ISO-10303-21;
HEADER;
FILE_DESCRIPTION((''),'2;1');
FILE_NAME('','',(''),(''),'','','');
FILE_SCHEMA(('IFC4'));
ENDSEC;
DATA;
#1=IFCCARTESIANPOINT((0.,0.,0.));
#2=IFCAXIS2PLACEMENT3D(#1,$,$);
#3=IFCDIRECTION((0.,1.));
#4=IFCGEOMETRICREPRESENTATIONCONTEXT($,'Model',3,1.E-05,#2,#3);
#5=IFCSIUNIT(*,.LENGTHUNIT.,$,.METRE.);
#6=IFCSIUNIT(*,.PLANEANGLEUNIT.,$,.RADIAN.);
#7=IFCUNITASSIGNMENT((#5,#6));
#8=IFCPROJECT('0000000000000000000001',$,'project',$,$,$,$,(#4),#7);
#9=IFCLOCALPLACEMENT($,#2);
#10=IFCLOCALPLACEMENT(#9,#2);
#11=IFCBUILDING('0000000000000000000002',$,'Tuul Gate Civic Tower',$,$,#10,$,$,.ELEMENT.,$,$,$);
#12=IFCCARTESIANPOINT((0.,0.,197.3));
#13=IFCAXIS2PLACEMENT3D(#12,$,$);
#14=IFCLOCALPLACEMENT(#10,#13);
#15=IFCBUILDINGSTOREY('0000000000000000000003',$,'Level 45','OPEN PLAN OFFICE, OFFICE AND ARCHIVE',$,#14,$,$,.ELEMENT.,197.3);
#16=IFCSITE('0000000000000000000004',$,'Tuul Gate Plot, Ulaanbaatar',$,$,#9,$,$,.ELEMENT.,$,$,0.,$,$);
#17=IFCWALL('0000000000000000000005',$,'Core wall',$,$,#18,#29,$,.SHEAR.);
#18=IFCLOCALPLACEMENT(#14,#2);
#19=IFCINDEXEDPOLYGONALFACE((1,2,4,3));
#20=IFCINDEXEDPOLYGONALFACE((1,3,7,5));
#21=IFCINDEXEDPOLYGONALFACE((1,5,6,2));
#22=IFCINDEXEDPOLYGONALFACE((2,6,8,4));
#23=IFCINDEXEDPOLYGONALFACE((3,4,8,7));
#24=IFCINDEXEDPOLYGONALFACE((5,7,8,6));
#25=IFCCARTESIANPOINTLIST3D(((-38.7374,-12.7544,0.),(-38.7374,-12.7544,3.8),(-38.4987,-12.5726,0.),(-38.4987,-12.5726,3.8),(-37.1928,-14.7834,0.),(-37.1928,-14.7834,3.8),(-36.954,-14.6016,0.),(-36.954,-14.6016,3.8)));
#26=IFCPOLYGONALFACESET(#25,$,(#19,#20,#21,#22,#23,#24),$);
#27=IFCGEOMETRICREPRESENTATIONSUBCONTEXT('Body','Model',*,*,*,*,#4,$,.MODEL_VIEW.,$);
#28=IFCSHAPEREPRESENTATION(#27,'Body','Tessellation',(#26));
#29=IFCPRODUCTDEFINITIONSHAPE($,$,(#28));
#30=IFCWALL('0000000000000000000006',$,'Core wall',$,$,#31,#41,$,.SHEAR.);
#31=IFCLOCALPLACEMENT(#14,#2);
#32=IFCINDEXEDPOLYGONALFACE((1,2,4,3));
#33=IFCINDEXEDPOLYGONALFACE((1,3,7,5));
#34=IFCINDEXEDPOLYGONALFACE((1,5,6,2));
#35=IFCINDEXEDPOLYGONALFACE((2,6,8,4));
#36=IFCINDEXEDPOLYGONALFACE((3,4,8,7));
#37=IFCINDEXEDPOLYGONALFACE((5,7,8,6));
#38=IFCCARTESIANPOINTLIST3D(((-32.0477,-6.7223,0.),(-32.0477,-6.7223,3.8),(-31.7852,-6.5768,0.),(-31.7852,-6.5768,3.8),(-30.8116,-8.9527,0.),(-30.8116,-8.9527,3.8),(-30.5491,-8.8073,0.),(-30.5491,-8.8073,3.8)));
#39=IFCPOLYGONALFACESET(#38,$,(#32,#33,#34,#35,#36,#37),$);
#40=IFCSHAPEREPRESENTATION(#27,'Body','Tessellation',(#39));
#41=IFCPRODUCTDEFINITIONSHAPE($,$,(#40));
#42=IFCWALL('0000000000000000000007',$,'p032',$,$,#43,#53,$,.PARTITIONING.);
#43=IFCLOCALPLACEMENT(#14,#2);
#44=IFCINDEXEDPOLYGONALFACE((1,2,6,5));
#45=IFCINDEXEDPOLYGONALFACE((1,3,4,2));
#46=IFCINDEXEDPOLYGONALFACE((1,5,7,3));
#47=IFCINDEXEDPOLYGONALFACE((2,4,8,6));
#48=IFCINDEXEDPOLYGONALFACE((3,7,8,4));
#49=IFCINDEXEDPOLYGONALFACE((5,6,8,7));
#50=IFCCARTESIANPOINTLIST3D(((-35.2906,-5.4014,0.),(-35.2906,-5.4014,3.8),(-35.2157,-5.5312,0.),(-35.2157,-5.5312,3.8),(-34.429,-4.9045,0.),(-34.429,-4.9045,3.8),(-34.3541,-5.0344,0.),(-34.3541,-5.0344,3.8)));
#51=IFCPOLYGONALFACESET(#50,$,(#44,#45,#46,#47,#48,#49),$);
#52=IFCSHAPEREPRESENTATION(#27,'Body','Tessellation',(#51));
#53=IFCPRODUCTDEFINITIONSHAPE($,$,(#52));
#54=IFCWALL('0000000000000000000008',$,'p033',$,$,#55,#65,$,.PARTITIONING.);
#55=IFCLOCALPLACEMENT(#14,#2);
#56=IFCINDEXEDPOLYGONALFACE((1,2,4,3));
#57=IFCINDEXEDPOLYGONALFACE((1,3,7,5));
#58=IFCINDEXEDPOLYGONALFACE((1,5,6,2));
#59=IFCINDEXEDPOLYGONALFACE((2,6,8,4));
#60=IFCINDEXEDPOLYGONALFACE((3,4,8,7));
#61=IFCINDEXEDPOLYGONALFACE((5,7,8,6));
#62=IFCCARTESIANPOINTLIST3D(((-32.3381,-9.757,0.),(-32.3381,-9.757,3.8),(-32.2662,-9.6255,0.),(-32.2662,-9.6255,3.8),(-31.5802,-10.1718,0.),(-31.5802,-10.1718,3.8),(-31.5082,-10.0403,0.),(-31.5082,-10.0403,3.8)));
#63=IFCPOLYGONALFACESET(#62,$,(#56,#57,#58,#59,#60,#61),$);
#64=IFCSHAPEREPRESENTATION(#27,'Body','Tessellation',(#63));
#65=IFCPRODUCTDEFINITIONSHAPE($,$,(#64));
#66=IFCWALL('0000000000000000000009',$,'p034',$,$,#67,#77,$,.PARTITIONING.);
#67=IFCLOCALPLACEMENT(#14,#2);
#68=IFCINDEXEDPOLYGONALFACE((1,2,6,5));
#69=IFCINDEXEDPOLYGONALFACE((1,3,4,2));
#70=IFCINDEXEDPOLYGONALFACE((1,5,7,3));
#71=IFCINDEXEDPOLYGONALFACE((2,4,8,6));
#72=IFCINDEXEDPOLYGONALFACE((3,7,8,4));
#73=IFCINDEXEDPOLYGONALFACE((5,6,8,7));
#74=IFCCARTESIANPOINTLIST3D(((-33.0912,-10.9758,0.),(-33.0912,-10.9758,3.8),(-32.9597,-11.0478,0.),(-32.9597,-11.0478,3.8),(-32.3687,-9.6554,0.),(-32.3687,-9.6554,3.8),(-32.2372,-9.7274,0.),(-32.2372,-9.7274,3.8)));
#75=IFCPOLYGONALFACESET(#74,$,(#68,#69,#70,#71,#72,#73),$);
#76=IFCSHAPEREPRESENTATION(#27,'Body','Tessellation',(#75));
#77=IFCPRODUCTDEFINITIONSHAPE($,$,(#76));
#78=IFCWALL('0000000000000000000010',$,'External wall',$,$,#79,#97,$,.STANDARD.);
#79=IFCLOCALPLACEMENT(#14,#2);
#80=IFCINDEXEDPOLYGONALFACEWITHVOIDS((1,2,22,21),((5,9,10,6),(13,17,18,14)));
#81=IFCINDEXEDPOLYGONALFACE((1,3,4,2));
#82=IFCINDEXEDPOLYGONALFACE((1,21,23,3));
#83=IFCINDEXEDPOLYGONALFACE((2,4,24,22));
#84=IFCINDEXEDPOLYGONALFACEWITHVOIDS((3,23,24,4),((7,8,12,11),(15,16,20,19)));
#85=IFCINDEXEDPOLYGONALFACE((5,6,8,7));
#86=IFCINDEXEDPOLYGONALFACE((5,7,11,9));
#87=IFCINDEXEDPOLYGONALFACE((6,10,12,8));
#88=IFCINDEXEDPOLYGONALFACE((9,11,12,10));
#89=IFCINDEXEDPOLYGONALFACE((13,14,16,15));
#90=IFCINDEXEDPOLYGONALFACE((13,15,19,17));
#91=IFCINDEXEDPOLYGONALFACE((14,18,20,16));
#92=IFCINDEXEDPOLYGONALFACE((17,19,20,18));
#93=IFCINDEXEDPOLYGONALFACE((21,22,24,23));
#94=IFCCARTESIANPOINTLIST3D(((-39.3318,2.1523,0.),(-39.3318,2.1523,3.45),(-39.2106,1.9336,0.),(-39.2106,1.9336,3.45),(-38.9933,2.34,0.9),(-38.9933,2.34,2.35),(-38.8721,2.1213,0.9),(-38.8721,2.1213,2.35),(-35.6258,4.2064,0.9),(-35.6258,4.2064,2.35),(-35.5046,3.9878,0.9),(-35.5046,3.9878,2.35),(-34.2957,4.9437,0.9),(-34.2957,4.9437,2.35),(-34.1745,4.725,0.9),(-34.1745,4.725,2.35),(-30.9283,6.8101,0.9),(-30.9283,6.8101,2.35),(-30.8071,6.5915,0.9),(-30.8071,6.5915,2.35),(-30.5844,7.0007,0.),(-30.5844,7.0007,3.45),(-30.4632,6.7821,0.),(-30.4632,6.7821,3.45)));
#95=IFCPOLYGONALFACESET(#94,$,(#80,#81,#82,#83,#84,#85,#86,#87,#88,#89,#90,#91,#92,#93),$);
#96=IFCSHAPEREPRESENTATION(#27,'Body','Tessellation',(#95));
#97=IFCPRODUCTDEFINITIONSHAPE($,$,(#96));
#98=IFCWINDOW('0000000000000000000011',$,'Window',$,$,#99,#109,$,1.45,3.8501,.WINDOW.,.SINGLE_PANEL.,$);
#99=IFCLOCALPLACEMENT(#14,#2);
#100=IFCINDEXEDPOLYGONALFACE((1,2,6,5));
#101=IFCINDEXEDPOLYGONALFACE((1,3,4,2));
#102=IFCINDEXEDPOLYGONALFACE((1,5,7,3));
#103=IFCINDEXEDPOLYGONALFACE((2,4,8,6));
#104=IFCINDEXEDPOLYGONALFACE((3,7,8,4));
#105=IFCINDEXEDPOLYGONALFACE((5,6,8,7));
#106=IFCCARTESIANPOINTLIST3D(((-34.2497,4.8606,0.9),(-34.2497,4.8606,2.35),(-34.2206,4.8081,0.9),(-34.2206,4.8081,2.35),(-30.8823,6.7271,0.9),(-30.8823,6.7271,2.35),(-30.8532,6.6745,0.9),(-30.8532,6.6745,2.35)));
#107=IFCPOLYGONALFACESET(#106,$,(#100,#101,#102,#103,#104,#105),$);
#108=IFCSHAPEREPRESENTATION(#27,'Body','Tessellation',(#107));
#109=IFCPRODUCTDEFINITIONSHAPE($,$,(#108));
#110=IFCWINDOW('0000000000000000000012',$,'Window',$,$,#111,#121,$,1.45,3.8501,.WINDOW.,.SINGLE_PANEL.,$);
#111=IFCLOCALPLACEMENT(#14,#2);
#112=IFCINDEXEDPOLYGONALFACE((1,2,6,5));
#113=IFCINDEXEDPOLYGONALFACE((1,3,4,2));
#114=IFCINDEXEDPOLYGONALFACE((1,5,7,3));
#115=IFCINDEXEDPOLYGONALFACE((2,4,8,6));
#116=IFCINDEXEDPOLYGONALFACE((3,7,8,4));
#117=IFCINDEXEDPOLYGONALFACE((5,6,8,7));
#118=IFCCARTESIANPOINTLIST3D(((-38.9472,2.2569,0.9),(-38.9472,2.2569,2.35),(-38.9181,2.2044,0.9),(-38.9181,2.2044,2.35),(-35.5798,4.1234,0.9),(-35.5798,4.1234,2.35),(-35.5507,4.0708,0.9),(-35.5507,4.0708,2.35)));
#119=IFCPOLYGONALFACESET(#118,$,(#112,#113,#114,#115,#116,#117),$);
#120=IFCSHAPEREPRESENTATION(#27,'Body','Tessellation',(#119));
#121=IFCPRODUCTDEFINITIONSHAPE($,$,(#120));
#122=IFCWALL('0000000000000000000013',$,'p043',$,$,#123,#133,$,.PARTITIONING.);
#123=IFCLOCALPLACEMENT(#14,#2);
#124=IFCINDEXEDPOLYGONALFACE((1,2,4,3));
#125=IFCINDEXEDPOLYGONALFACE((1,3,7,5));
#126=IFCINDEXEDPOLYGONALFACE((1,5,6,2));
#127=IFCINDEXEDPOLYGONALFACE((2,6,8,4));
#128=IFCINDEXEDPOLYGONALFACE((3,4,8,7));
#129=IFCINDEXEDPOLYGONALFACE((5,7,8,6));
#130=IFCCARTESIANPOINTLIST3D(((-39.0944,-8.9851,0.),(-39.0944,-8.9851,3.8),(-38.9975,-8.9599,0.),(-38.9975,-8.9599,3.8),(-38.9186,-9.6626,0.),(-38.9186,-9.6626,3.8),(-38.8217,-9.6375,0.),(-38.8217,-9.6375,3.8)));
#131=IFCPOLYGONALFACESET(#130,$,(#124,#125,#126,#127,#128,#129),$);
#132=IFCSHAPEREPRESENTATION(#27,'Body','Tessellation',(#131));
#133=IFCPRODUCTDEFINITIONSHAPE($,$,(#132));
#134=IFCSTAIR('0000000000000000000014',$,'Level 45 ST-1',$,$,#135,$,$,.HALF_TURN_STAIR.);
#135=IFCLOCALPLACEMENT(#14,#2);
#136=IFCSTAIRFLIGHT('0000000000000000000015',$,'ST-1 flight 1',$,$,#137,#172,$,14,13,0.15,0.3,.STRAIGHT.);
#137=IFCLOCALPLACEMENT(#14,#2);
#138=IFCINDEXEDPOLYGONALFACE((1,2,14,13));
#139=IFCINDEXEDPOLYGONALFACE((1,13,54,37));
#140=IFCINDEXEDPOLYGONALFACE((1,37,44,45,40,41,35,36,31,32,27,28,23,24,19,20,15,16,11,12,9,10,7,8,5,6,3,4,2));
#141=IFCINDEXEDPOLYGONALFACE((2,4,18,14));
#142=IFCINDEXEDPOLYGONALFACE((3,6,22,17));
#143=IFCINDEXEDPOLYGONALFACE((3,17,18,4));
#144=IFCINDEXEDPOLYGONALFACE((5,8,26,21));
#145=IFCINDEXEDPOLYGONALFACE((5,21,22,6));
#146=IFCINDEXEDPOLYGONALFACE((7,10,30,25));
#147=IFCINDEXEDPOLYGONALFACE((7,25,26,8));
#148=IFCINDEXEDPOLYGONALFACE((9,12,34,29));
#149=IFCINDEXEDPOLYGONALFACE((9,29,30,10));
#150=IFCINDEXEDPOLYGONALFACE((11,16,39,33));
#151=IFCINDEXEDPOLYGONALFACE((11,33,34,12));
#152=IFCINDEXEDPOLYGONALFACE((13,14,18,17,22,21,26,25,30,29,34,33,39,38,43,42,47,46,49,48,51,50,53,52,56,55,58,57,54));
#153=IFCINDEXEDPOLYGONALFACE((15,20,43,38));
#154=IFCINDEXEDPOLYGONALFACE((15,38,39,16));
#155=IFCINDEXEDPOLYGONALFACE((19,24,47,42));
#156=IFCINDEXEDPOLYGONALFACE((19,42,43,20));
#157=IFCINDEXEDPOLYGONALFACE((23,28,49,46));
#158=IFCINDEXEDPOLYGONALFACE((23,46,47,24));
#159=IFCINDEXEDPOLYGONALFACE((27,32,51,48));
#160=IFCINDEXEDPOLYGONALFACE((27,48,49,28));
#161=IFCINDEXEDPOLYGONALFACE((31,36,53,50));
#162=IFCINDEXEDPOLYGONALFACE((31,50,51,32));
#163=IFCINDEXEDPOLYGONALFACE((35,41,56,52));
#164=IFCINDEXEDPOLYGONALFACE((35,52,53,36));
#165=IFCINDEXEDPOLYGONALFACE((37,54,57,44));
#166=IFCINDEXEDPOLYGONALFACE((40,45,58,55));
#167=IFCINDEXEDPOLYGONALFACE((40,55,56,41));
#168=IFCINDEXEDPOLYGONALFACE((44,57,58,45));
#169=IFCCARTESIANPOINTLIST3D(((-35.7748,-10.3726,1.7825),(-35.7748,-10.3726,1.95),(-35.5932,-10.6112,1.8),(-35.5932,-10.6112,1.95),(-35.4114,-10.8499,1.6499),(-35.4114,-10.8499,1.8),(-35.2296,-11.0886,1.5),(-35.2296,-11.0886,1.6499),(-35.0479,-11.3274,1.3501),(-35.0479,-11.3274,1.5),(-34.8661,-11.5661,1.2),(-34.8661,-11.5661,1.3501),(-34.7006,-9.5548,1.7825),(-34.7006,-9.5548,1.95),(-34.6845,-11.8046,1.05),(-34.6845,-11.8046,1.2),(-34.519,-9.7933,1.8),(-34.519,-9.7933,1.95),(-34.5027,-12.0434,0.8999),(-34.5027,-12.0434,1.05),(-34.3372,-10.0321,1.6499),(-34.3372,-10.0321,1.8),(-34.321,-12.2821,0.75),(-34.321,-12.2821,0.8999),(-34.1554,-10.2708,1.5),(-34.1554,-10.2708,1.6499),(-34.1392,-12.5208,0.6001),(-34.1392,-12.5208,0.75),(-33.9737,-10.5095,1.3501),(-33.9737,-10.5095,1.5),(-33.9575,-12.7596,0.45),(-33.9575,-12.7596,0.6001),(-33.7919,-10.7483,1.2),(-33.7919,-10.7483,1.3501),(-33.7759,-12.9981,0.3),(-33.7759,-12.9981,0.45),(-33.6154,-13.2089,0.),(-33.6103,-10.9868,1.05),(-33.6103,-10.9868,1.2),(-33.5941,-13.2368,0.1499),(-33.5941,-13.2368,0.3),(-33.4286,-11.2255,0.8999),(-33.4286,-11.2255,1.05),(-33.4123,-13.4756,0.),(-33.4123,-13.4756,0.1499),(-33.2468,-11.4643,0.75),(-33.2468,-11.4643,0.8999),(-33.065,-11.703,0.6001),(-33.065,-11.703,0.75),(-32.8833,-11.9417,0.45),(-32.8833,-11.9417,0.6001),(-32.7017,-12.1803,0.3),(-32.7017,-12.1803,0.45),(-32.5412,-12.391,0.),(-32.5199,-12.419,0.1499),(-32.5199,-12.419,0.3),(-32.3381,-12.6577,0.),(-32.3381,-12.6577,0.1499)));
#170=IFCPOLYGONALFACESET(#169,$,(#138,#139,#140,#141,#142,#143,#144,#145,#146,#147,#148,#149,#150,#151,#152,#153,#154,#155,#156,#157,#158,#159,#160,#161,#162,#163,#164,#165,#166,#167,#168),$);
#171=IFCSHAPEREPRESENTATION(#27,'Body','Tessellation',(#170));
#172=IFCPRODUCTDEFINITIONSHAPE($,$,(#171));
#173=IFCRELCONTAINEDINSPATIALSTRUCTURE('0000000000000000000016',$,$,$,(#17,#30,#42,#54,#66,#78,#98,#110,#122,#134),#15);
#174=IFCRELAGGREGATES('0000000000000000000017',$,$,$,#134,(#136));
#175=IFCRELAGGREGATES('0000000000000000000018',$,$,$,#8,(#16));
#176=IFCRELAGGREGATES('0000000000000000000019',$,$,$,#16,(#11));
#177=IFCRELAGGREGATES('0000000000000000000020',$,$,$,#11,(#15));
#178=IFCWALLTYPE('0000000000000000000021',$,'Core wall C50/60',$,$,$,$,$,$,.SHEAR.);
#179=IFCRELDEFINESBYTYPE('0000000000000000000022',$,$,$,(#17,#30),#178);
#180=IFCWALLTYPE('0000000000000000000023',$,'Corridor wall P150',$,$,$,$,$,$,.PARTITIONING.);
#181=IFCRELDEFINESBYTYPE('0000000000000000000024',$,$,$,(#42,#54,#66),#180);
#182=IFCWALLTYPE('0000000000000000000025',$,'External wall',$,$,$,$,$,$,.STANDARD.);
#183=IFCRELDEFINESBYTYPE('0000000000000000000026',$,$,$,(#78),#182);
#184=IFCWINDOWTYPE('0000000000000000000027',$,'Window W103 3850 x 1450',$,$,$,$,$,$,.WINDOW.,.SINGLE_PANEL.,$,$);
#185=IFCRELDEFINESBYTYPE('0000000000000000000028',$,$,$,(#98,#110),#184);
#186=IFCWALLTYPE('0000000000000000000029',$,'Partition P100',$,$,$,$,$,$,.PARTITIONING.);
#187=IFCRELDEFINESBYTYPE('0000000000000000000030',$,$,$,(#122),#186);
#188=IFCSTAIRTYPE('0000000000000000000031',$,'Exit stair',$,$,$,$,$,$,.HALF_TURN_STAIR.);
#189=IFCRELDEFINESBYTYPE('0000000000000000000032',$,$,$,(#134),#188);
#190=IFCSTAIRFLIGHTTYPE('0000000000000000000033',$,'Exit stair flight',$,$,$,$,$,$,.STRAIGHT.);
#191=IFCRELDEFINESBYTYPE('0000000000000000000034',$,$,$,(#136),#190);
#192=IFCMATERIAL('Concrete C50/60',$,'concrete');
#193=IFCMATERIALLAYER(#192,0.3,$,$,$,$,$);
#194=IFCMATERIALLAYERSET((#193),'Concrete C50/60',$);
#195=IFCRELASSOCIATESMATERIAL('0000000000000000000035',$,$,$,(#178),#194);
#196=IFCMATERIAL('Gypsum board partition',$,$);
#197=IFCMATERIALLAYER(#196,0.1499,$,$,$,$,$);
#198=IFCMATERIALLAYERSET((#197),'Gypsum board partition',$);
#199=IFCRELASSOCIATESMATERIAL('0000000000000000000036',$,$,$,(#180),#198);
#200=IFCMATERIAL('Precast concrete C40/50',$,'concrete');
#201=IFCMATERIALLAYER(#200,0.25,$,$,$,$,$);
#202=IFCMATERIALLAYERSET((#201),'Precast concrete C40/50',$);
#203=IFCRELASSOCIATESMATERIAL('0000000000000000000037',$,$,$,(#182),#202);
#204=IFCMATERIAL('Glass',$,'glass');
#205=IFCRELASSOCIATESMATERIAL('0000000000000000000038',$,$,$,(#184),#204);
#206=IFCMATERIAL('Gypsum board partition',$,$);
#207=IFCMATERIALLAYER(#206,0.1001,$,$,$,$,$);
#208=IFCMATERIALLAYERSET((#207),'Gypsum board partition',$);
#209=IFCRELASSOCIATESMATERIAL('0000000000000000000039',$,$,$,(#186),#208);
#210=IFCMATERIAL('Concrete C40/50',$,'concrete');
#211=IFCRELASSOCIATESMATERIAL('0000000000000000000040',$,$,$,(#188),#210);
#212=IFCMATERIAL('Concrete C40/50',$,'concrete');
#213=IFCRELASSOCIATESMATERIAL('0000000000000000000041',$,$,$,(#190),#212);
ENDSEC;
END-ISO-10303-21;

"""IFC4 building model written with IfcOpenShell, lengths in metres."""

from ifc_helpers import new_model, si_unit, direction, frame, frame_2d, origin, place, context, subcontext, project, spatial, polyline, rectangle, outline, extrude, material, layer, layer_set, type_object, element, fill, aggregate, save


model = new_model("IFC4")

# Units and contexts
model_context = context("Model", 3, precision=1e-05, world=origin(), true_north=direction((0.0, 1.0)))
body_context = subcontext(model_context, "Body", "Model", "MODEL_VIEW")
ifc_project = project(units=[si_unit("LENGTHUNIT", "METRE"), si_unit("PLANEANGLEUNIT", "RADIAN")], contexts=[model_context])

# Site, building, storey
site_placement = place(None, origin())
site = spatial("IfcSite", under=ifc_project, at=site_placement, Name="Tuul Gate Plot, Ulaanbaatar", CompositionType="ELEMENT", RefElevation=0.0)
building_placement = place(site_placement, origin())
building = spatial("IfcBuilding", under=site, at=building_placement, Name="Tuul Gate Civic Tower", CompositionType="ELEMENT")
storey_placement = place(building_placement, frame((0.0, 0.0, 197.3)))
storey = spatial("IfcBuildingStorey", under=building, at=storey_placement, Name="Level 45", Description="OPEN PLAN OFFICE, OFFICE AND ARCHIVE", CompositionType="ELEMENT", Elevation=197.3)

# Shared definitions
ifc_material_1 = material(Name="Concrete C50/60", Category="concrete")
ifc_layer_1 = layer(ifc_material_1, 0.3)
ifc_layer_set_1 = layer_set([ifc_layer_1], Name="Concrete C50/60")
wall_type_1 = type_object("IfcWallType", Name="Core wall C50/60", PredefinedType="SHEAR", material=ifc_layer_set_1)

# Walls
for number, where, z_axis, x_axis, name in (
    (1, (-37.0735, -14.6924, 0.0), (0.0, 0.0, 1.0), (-0.605729, 0.795671, 0.0), "Core wall"),
    (2, (-30.6804, -8.8799, 0.0), (0.0, 0.0, 1.0), (-0.484724, 0.874667, 0.0), "Core wall"),
):
    element("IfcWall", number, at=place(storey_placement, frame(where, z_axis=z_axis, x_axis=x_axis)), inside=storey, type_object=wall_type_1, Name=name, PredefinedType="SHEAR", context=body_context, shape_type="SweptSolid", body=[
        extrude(rectangle(XDim=2.55, YDim=0.3, at=frame_2d((1.2749, 0.0))), origin(), (0.0, 0.0, 1.0), 3.8),
    ])
ifc_material_2 = material(Name="Gypsum board partition")
ifc_layer_2 = layer(ifc_material_2, 0.1499)
ifc_layer_set_2 = layer_set([ifc_layer_2], Name="Gypsum board partition")
wall_type_2 = type_object("IfcWallType", Name="Corridor wall P150", PredefinedType="PARTITIONING", material=ifc_layer_set_2)
wall_1_placement = place(storey_placement, frame((-35.2532, -5.4663, 0.0), z_axis=(0.0, 0.0, 1.0), x_axis=(0.866288, 0.499545, 0.0)))
element("IfcWall", 3, at=wall_1_placement, inside=storey, type_object=wall_type_2, Name="p032", PredefinedType="PARTITIONING", context=body_context, shape_type="SweptSolid", body=[
    extrude(rectangle(XDim=0.9946, YDim=0.1499, at=frame_2d((0.4973, 0.0))), origin(), (0.0, 0.0, 1.0), 3.8),
])
wall_2_placement = place(storey_placement, frame((-32.3022, -9.6912, 0.0), z_axis=(0.0, 0.0, 1.0), x_axis=(0.877193, -0.480139, 0.0)))
element("IfcWall", 4, at=wall_2_placement, inside=storey, type_object=wall_type_2, Name="p033", PredefinedType="PARTITIONING", context=body_context, shape_type="SweptSolid", body=[
    extrude(rectangle(XDim=0.864, YDim=0.1499, at=frame_2d((0.4321, 0.0))), origin(), (0.0, 0.0, 1.0), 3.8),
])
wall_3_placement = place(storey_placement, frame((-33.0254, -11.0117, 0.0), z_axis=(0.0, 0.0, 1.0), x_axis=(0.48, 0.877269, 0.0)))
element("IfcWall", 5, at=wall_3_placement, inside=storey, type_object=wall_type_2, Name="p034", PredefinedType="PARTITIONING", context=body_context, shape_type="SweptSolid", body=[
    extrude(rectangle(XDim=1.5051, YDim=0.1499, at=frame_2d((0.7524, 0.0))), origin(), (0.0, 0.0, 1.0), 3.8),
])

# Wall, openings, windows
ifc_material_3 = material(Name="Precast concrete C40/50", Category="concrete")
ifc_layer_3 = layer(ifc_material_3, 0.25)
ifc_layer_set_3 = layer_set([ifc_layer_3], Name="Precast concrete C40/50")
wall_type_3 = type_object("IfcWallType", Name="External wall", PredefinedType="STANDARD", material=ifc_layer_set_3)
wall_4_placement = place(storey_placement, frame((-30.5239, 6.8914, 0.0), z_axis=(0.0, 0.0, 1.0), x_axis=(-0.874634, -0.484785, 0.0)))
wall_4 = element("IfcWall", 6, at=wall_4_placement, inside=storey, type_object=wall_type_3, Name="External wall", PredefinedType="STANDARD", context=body_context, shape_type="SweptSolid", body=[
    extrude(rectangle(XDim=10.0012, YDim=0.25, at=frame_2d((5.0005, 0.0))), origin(), (0.0, 0.0, 1.0), 3.45),
])
opening_1_placement = place(wall_4_placement, frame((0.3931, 0.0, 0.8999)))
opening_1 = element("IfcOpeningElement", 7, at=opening_1_placement, cuts=wall_4, PredefinedType="OPENING", context=body_context, shape_type="SweptSolid", body=[
    extrude(rectangle(XDim=3.8501, YDim=1.45, at=frame_2d((1.925, 0.7251))), frame((0.0, 0.135, 0.0), z_axis=(0.0, -1.0, 0.0), x_axis=(1.0, 0.0, 0.0)), (0.0, 0.0, 1.0), 0.27),
])
opening_2_placement = place(wall_4_placement, frame((5.7639, 0.0, 0.8999)))
opening_2 = element("IfcOpeningElement", 8, at=opening_2_placement, cuts=wall_4, PredefinedType="OPENING", context=body_context, shape_type="SweptSolid", body=[
    extrude(rectangle(XDim=3.8501, YDim=1.45, at=frame_2d((1.925, 0.7251))), frame((0.0, 0.135, 0.0), z_axis=(0.0, -1.0, 0.0), x_axis=(1.0, 0.0, 0.0)), (0.0, 0.0, 1.0), 0.27),
])
ifc_material_4 = material(Name="Glass", Category="glass")
window_type = type_object("IfcWindowType", Name="Window W103 3850 x 1450", PartitioningType="SINGLE_PANEL", PredefinedType="WINDOW", material=ifc_material_4)
window_1_placement = place(opening_1_placement, origin())
window_1 = element("IfcWindow", 9, at=window_1_placement, inside=storey, type_object=window_type, Name="Window", OverallHeight=1.45, OverallWidth=3.8501, PartitioningType="SINGLE_PANEL", PredefinedType="WINDOW", context=body_context, shape_type="SweptSolid", body=[
    extrude(rectangle(XDim=3.8501, YDim=1.45, at=frame_2d((1.925, 0.7251))), frame((0.0, 0.03, 0.0), z_axis=(0.0, -1.0, 0.0), x_axis=(1.0, 0.0, 0.0)), (0.0, 0.0, 1.0), 0.0601),
])
fill(opening_1, window_1)
window_2_placement = place(opening_2_placement, origin())
window_2 = element("IfcWindow", 10, at=window_2_placement, inside=storey, type_object=window_type, Name="Window", OverallHeight=1.45, OverallWidth=3.8501, PartitioningType="SINGLE_PANEL", PredefinedType="WINDOW", context=body_context, shape_type="SweptSolid", body=[
    extrude(rectangle(XDim=3.8501, YDim=1.45, at=frame_2d((1.925, 0.7251))), frame((0.0, 0.03, 0.0), z_axis=(0.0, -1.0, 0.0), x_axis=(1.0, 0.0, 0.0)), (0.0, 0.0, 1.0), 0.0601),
])
fill(opening_2, window_2)

# Wall
ifc_material_5 = material(Name="Gypsum board partition")
ifc_layer_4 = layer(ifc_material_5, 0.1001)
ifc_layer_set_4 = layer_set([ifc_layer_4], Name="Gypsum board partition")
wall_type_4 = type_object("IfcWallType", Name="Partition P100", PredefinedType="PARTITIONING", material=ifc_layer_set_4)
wall_5_placement = place(storey_placement, frame((-38.8701, -9.6501, 0.0), z_axis=(0.0, 0.0, 1.0), x_axis=(-0.251144, 0.96795, 0.0)))
element("IfcWall", 11, at=wall_5_placement, inside=storey, type_object=wall_type_4, Name="p043", PredefinedType="PARTITIONING", context=body_context, shape_type="SweptSolid", body=[
    extrude(rectangle(XDim=0.7, YDim=0.1001, at=frame_2d((0.3501, 0.0))), origin(), (0.0, 0.0, 1.0), 3.8),
])

# Stair, stair flight
ifc_material_6 = material(Name="Concrete C40/50", Category="concrete")
stair_type = type_object("IfcStairType", Name="Exit stair", PredefinedType="HALF_TURN_STAIR", material=ifc_material_6)
stair_placement = place(storey_placement, origin())
stair = element("IfcStair", 12, at=stair_placement, inside=storey, type_object=stair_type, Name="Level 45 ST-1", PredefinedType="HALF_TURN_STAIR")
ifc_material_7 = material(Name="Concrete C40/50", Category="concrete")
stair_flight_type = type_object("IfcStairFlightType", Name="Exit stair flight", PredefinedType="STRAIGHT", material=ifc_material_7)
stair_flight_1_placement = place(storey_placement, frame((-32.8752, -13.0667, 0.0), z_axis=(0.0, 0.0, 1.0), x_axis=(-0.605764, 0.795644, 0.0)))
stair_flight_1 = element("IfcStairFlight", 13, at=stair_flight_1_placement, type_object=stair_flight_type, Name="ST-1 flight 1", NumberOfRisers=14, NumberOfTreads=13, PredefinedType="STRAIGHT", RiserHeight=0.15, TreadLength=0.3, context=body_context, shape_type="SweptSolid", body=[
    extrude(outline(polyline([(0.0, 0.0), (0.0, 0.1499), (0.3, 0.1499), (0.3, 0.3), (0.6001, 0.3), (0.6001, 0.45), (0.8999, 0.45), (0.8999, 0.6001), (1.2, 0.6001), (1.2, 0.75), (1.5, 0.75), (1.5, 0.8999), (1.8, 0.8999), (1.8, 1.05), (2.1001, 1.05), (2.1001, 1.2), (2.3999, 1.2), (2.3999, 1.3501), (2.7, 1.3501), (2.7, 1.5), (3.0, 1.5), (3.0, 1.6499), (3.3, 1.6499), (3.3, 1.8), (3.6001, 1.8), (3.6001, 1.95), (3.8999, 1.95), (3.8999, 2.1001), (3.8999, 1.7825), (0.3352, 0.0), (0.0, 0.0)])), frame((0.0, 0.675, 0.0), z_axis=(0.0, -1.0, 0.0), x_axis=(1.0, 0.0, 0.0)), (0.0, 0.0, 1.0), 1.3501),
])
aggregate(stair, [stair_flight_1])

save(model, "model.ifc")
